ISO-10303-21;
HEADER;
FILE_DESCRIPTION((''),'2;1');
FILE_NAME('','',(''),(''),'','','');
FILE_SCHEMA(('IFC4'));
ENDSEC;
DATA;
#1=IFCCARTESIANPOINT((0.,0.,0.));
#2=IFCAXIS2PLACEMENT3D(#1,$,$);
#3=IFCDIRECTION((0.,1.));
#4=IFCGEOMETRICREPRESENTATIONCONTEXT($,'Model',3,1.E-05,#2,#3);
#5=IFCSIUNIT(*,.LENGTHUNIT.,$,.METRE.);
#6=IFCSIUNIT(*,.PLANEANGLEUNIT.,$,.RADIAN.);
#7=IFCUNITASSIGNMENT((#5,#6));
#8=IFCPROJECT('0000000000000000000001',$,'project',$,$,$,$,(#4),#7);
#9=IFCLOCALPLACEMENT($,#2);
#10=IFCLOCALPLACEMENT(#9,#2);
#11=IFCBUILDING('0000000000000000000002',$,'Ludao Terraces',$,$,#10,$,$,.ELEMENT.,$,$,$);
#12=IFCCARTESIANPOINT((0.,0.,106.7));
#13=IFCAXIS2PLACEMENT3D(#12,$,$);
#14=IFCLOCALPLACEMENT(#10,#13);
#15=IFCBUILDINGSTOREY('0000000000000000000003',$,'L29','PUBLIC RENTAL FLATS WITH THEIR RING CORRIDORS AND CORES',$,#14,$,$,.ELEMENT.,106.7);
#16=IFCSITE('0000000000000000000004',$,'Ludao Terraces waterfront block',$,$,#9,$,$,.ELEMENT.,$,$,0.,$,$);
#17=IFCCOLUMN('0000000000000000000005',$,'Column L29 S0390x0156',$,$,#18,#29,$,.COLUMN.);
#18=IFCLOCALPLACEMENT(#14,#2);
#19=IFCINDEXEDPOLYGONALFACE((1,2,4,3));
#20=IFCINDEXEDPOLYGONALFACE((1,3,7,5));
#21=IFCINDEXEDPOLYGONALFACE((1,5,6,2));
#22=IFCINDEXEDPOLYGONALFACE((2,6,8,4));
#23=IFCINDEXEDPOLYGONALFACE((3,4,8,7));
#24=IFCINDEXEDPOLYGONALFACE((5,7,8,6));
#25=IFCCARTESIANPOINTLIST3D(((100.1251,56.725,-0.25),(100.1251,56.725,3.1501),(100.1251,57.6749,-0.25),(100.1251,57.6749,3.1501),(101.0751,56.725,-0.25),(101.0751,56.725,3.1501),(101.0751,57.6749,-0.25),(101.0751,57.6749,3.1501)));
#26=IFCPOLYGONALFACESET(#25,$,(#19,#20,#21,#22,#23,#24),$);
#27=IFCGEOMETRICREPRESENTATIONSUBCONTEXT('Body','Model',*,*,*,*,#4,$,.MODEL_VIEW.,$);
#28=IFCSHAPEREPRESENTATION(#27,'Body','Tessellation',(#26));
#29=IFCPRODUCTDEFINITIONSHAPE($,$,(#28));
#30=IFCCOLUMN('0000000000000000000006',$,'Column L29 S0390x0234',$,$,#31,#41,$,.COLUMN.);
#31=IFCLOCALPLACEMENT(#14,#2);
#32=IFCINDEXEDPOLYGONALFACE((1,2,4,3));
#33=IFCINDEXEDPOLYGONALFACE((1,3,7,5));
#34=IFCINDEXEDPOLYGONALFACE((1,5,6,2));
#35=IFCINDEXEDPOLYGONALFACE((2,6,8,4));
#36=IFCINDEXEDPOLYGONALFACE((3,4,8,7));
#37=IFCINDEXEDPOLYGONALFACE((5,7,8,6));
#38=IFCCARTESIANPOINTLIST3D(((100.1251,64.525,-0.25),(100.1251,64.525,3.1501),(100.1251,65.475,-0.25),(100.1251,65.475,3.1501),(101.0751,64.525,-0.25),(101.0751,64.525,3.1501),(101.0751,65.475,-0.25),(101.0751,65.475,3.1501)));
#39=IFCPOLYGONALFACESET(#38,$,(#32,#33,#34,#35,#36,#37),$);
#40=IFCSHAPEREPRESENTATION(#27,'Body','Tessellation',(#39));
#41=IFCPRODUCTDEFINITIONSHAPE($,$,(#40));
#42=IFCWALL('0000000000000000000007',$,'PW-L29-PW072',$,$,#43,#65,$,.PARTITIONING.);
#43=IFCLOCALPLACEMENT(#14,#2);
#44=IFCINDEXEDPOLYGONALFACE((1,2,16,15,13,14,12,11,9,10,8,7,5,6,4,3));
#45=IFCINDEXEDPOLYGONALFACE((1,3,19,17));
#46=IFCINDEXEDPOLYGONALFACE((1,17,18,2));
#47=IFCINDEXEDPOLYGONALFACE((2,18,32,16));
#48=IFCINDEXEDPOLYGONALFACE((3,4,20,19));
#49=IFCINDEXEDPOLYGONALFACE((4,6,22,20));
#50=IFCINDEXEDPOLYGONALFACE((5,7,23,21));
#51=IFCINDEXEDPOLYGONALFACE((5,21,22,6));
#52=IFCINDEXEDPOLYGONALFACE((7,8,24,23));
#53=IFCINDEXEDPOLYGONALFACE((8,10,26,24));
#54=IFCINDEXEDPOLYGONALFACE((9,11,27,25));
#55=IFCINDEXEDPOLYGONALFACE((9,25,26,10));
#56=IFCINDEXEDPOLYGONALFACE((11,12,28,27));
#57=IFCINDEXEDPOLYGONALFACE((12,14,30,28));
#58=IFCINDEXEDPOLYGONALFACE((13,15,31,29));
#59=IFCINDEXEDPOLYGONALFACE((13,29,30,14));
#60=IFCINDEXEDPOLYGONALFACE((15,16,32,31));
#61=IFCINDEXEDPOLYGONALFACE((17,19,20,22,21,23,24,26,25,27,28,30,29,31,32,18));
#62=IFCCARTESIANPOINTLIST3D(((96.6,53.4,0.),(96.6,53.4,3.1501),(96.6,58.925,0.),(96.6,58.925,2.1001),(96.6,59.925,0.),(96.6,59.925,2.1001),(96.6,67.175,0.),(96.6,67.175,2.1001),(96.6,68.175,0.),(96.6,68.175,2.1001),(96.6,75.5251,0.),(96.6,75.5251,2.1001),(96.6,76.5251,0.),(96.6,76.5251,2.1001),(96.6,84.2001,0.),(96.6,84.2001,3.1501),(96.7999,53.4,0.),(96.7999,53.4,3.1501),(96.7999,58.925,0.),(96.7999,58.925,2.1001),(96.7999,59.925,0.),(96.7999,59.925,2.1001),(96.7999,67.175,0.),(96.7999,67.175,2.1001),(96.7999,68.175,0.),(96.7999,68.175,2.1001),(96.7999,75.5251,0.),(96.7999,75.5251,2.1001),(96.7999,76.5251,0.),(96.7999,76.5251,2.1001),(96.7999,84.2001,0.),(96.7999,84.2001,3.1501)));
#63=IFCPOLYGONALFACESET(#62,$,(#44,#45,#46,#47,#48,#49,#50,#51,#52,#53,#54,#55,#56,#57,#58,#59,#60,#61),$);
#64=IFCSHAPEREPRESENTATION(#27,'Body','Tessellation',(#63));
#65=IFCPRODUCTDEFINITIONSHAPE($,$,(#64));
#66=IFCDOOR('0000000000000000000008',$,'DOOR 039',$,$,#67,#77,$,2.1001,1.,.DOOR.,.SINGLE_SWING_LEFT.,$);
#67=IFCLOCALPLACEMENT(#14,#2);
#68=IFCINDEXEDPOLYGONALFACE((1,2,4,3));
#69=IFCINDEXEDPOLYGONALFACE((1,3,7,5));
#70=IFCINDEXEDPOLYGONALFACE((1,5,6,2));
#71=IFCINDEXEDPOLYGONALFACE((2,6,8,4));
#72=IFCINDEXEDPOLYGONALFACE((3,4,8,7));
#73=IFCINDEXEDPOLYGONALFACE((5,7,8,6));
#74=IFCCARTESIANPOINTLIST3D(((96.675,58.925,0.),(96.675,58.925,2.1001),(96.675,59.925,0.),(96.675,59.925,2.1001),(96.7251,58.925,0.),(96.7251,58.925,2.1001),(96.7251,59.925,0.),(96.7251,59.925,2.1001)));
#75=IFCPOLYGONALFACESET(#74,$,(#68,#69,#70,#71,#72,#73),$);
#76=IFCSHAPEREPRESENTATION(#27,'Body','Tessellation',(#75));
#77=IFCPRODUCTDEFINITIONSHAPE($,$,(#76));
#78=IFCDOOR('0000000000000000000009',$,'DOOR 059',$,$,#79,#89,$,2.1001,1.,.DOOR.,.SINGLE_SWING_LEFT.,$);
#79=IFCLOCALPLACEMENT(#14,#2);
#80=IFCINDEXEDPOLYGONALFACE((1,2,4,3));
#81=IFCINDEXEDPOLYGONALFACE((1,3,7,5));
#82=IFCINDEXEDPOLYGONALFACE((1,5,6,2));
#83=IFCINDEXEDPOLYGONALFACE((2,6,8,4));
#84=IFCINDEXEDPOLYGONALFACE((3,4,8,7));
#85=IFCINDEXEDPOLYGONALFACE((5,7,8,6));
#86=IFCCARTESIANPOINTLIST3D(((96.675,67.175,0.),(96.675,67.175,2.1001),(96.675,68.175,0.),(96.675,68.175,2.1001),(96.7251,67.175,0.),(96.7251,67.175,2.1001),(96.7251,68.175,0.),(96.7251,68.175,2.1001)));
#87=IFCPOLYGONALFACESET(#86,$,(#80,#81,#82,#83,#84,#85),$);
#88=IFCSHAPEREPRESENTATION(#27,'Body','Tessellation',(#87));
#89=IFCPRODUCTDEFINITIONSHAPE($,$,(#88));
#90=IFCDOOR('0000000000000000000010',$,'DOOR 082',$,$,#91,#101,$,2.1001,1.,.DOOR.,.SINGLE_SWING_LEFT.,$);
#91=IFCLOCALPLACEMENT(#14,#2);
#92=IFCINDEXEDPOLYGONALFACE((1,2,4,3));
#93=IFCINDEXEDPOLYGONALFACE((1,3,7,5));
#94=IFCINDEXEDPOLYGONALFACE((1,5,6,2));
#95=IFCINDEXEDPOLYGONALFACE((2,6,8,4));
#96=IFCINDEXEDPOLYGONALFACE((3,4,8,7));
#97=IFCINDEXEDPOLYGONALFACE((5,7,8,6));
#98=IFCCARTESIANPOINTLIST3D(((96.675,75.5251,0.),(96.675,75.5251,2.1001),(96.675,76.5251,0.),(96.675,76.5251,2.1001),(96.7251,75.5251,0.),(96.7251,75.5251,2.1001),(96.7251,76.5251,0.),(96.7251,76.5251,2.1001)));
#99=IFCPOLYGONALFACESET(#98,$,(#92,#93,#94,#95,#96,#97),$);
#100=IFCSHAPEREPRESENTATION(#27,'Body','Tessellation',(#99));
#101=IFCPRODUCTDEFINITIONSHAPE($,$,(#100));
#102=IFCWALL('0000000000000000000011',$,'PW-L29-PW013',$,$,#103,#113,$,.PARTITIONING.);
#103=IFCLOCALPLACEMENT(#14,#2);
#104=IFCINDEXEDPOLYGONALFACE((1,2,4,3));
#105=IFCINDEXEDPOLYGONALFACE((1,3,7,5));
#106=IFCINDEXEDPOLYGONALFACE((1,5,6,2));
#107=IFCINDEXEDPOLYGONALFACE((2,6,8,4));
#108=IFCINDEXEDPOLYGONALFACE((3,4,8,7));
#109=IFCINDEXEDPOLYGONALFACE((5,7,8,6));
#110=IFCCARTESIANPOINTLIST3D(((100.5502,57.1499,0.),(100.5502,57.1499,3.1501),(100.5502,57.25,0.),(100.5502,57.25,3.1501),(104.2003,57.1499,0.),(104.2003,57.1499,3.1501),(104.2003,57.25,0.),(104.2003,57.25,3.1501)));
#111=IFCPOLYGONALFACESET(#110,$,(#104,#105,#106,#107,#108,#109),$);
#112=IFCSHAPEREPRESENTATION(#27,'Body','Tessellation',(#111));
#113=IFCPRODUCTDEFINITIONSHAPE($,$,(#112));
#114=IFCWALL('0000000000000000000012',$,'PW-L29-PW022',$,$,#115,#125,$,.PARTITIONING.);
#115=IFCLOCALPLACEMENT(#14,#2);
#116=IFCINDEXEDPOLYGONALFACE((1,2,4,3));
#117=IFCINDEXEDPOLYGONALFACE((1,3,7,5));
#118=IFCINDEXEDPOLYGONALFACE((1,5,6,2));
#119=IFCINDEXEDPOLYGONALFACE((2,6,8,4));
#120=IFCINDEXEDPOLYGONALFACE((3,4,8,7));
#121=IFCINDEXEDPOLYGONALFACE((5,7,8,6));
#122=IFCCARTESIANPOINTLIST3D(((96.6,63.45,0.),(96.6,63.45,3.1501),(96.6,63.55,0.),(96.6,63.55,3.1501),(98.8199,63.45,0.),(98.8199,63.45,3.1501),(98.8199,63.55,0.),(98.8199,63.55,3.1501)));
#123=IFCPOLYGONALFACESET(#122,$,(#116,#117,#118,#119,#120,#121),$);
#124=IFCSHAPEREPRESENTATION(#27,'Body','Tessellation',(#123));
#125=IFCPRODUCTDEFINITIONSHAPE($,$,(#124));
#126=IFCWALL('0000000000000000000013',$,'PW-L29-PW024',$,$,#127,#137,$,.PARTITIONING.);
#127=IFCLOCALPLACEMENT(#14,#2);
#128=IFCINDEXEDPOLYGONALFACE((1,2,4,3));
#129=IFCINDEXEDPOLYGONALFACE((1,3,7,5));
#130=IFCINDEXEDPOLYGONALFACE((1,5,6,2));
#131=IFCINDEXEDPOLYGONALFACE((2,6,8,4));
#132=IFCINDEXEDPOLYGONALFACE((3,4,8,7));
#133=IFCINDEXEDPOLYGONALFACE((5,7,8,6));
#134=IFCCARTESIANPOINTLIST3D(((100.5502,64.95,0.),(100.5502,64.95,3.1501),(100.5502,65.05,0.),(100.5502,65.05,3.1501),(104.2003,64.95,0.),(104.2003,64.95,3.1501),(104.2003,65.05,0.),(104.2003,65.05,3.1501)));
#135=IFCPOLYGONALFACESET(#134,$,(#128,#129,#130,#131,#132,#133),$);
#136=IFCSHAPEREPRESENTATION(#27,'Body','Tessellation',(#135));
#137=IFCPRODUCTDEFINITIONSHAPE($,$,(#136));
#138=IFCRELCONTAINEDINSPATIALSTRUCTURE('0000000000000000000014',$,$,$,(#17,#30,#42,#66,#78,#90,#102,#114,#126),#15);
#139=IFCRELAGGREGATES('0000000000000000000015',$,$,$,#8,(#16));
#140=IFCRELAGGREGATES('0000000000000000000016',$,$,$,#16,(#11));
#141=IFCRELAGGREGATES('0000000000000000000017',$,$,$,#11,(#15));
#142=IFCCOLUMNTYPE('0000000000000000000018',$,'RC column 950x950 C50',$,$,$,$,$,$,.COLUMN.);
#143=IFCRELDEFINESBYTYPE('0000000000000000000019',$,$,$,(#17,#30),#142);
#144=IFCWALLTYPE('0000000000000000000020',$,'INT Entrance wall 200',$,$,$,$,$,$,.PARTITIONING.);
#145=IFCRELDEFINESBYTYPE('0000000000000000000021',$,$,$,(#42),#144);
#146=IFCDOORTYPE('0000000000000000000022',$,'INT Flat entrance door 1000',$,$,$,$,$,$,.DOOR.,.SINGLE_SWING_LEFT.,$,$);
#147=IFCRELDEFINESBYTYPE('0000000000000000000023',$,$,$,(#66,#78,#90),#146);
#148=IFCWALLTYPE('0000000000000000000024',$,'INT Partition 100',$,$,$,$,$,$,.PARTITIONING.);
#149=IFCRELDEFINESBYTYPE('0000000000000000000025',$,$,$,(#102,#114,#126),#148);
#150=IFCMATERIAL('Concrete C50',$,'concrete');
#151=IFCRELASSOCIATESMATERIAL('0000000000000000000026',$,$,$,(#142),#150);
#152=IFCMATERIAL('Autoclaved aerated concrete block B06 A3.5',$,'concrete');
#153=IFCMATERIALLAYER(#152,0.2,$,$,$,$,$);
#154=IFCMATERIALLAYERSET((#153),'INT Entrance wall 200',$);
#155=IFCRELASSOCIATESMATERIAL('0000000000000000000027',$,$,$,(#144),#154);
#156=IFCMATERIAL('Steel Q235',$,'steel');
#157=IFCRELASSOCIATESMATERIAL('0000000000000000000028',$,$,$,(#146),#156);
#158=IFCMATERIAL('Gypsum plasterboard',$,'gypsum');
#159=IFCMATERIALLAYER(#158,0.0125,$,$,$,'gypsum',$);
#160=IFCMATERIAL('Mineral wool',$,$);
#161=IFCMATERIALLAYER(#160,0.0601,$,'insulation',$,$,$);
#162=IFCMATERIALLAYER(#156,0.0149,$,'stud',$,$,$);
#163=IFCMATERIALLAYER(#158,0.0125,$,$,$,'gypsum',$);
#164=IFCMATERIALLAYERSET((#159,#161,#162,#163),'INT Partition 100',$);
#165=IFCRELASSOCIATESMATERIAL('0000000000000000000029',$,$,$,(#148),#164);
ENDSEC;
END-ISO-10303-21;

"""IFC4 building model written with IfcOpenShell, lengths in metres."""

from ifc_helpers import new_model, si_unit, direction, frame, frame_2d, origin, origin_2d, place, context, subcontext, project, spatial, rectangle, extrude, material, layer, layer_set, material_profile, profile_set, type_object, element, fill, save


model = new_model("IFC4")

# Units and contexts
model_context = context("Model", 3, precision=1e-05, world=origin(), true_north=direction((0.0, 1.0)))
body_context = subcontext(model_context, "Body", "Model", "MODEL_VIEW")
ifc_project = project(units=[si_unit("LENGTHUNIT", "METRE"), si_unit("PLANEANGLEUNIT", "RADIAN")], contexts=[model_context])

# Site, building, storey
site_placement = place(None, origin())
site = spatial("IfcSite", under=ifc_project, at=site_placement, Name="Ludao Terraces waterfront block", CompositionType="ELEMENT", RefElevation=0.0)
building_placement = place(site_placement, origin())
building = spatial("IfcBuilding", under=site, at=building_placement, Name="Ludao Terraces", CompositionType="ELEMENT")
storey_placement = place(building_placement, frame((0.0, 0.0, 106.7)))
storey = spatial("IfcBuildingStorey", under=building, at=storey_placement, Name="L29", Description="PUBLIC RENTAL FLATS WITH THEIR RING CORRIDORS AND CORES", CompositionType="ELEMENT", Elevation=106.7)

# Columns
ifc_material_1 = material(Name="Concrete C50", Category="concrete")
ifc_material_profile = material_profile(ifc_material_1, rectangle(XDim=0.95, YDim=0.95, at=origin_2d()), Name="950 X 950")
ifc_profile_set = profile_set([ifc_material_profile], Name="Concrete C50")
column_type = type_object("IfcColumnType", Name="RC column 950x950 C50", PredefinedType="COLUMN", material=ifc_profile_set)
for number, where, z_axis, x_axis, name in (
    (1, (100.6001, 57.2, -0.25), (0.0, 0.0, 1.0), (1.0, 0.0, 0.0), "Column L29 S0390x0156"),
    (2, (100.6001, 65.0, -0.25), (0.0, 0.0, 1.0), (1.0, 0.0, 0.0), "Column L29 S0390x0234"),
):
    element("IfcColumn", number, at=place(storey_placement, frame(where, z_axis=z_axis, x_axis=x_axis)), inside=storey, type_object=column_type, Name=name, PredefinedType="COLUMN", context=body_context, shape_type="SweptSolid", body=[
        extrude(rectangle(XDim=0.95, YDim=0.95, at=origin_2d()), origin(), (0.0, 0.0, 1.0), 3.4001),
    ])

# Shared definitions
ifc_material_2 = material(Name="Mineral wool")

# Wall, openings, doors
ifc_material_3 = material(Name="Autoclaved aerated concrete block B06 A3.5", Category="concrete")
ifc_layer_1 = layer(ifc_material_3, 0.2)
ifc_layer_set_1 = layer_set([ifc_layer_1], Name="INT Entrance wall 200")
wall_type_1 = type_object("IfcWallType", Name="INT Entrance wall 200", PredefinedType="PARTITIONING", material=ifc_layer_set_1)
wall_1_placement = place(storey_placement, frame((96.7, 53.4001, 0.0), z_axis=(0.0, 0.0, 1.0), x_axis=(0.0, 1.0, 0.0)))
wall_1 = element("IfcWall", 3, at=wall_1_placement, inside=storey, type_object=wall_type_1, Name="PW-L29-PW072", PredefinedType="PARTITIONING", context=body_context, shape_type="SweptSolid", body=[
    extrude(rectangle(XDim=30.8, YDim=0.2, at=frame_2d((15.3999, 0.0))), origin(), (0.0, 0.0, 1.0), 3.1501),
])
opening_1_placement = place(wall_1_placement, frame((5.5249, 0.0, 0.0)))
opening_1 = element("IfcOpeningElement", 4, at=opening_1_placement, cuts=wall_1, PredefinedType="OPENING", context=body_context, shape_type="SweptSolid", body=[
    extrude(rectangle(XDim=1.0, YDim=2.1001, at=frame_2d((0.5, 1.05))), frame((0.0, 0.1099, 0.0), z_axis=(0.0, -1.0, 0.0), x_axis=(1.0, 0.0, 0.0)), (0.0, 0.0, 1.0), 0.22),
])
opening_2_placement = place(wall_1_placement, frame((13.7749, 0.0, 0.0)))
opening_2 = element("IfcOpeningElement", 5, at=opening_2_placement, cuts=wall_1, PredefinedType="OPENING", context=body_context, shape_type="SweptSolid", body=[
    extrude(rectangle(XDim=1.0, YDim=2.1001, at=frame_2d((0.5, 1.05))), frame((0.0, 0.1099, 0.0), z_axis=(0.0, -1.0, 0.0), x_axis=(1.0, 0.0, 0.0)), (0.0, 0.0, 1.0), 0.22),
])
opening_3_placement = place(wall_1_placement, frame((22.125, 0.0, 0.0)))
opening_3 = element("IfcOpeningElement", 6, at=opening_3_placement, cuts=wall_1, PredefinedType="OPENING", context=body_context, shape_type="SweptSolid", body=[
    extrude(rectangle(XDim=1.0, YDim=2.1001, at=frame_2d((0.5, 1.05))), frame((0.0, 0.1099, 0.0), z_axis=(0.0, -1.0, 0.0), x_axis=(1.0, 0.0, 0.0)), (0.0, 0.0, 1.0), 0.22),
])
ifc_material_4 = material(Name="Steel Q235", Category="steel")
door_type_1 = type_object("IfcDoorType", Name="INT Flat entrance door 1000", OperationType="SINGLE_SWING_LEFT", PredefinedType="DOOR", material=ifc_material_4)
door_1_placement = place(opening_1_placement, origin())
door_1 = element("IfcDoor", 7, at=door_1_placement, inside=storey, type_object=door_type_1, Name="DOOR 039", OperationType="SINGLE_SWING_LEFT", OverallHeight=2.1001, OverallWidth=1.0, PredefinedType="DOOR", context=body_context, shape_type="SweptSolid", body=[
    extrude(rectangle(XDim=1.0, YDim=2.1001, at=frame_2d((0.5, 1.05))), frame((0.0, 0.0249, 0.0), z_axis=(0.0, -1.0, 0.0), x_axis=(1.0, 0.0, 0.0)), (0.0, 0.0, 1.0), 0.05),
])
fill(opening_1, door_1)
door_2_placement = place(opening_2_placement, origin())
door_2 = element("IfcDoor", 8, at=door_2_placement, inside=storey, type_object=door_type_1, Name="DOOR 059", OperationType="SINGLE_SWING_LEFT", OverallHeight=2.1001, OverallWidth=1.0, PredefinedType="DOOR", context=body_context, shape_type="SweptSolid", body=[
    extrude(rectangle(XDim=1.0, YDim=2.1001, at=frame_2d((0.5, 1.05))), frame((0.0, 0.0249, 0.0), z_axis=(0.0, -1.0, 0.0), x_axis=(1.0, 0.0, 0.0)), (0.0, 0.0, 1.0), 0.05),
])
fill(opening_2, door_2)
door_3_placement = place(opening_3_placement, origin())
door_3 = element("IfcDoor", 9, at=door_3_placement, inside=storey, type_object=door_type_1, Name="DOOR 082", OperationType="SINGLE_SWING_LEFT", OverallHeight=2.1001, OverallWidth=1.0, PredefinedType="DOOR", context=body_context, shape_type="SweptSolid", body=[
    extrude(rectangle(XDim=1.0, YDim=2.1001, at=frame_2d((0.5, 1.05))), frame((0.0, 0.0249, 0.0), z_axis=(0.0, -1.0, 0.0), x_axis=(1.0, 0.0, 0.0)), (0.0, 0.0, 1.0), 0.05),
])
fill(opening_3, door_3)

# Walls
ifc_material_5 = material(Name="Gypsum plasterboard", Category="gypsum")
ifc_layer_2 = layer(ifc_material_5, 0.0125, Category="gypsum")
ifc_layer_3 = layer(ifc_material_2, 0.0601, Name="insulation")
ifc_layer_4 = layer(ifc_material_4, 0.0149, Name="stud")
ifc_layer_5 = layer(ifc_material_5, 0.0125, Category="gypsum")
ifc_layer_set_2 = layer_set([ifc_layer_2, ifc_layer_3, ifc_layer_4, ifc_layer_5], Name="INT Partition 100")
wall_type_2 = type_object("IfcWallType", Name="INT Partition 100", PredefinedType="PARTITIONING", material=ifc_layer_set_2)
wall_2_placement = place(storey_placement, frame((100.55, 57.2, 0.0), z_axis=(0.0, 0.0, 1.0), x_axis=(1.0, 0.0, 0.0)))
element("IfcWall", 10, at=wall_2_placement, inside=storey, type_object=wall_type_2, Name="PW-L29-PW013", PredefinedType="PARTITIONING", context=body_context, shape_type="SweptSolid", body=[
    extrude(rectangle(XDim=3.6501, YDim=0.1001, at=frame_2d((1.8252, 0.0))), origin(), (0.0, 0.0, 1.0), 3.1501),
])
wall_3_placement = place(storey_placement, frame((96.6001, 63.5, 0.0), z_axis=(0.0, 0.0, 1.0), x_axis=(1.0, 0.0, 0.0)))
element("IfcWall", 11, at=wall_3_placement, inside=storey, type_object=wall_type_2, Name="PW-L29-PW022", PredefinedType="PARTITIONING", context=body_context, shape_type="SweptSolid", body=[
    extrude(rectangle(XDim=2.22, YDim=0.1001, at=frame_2d((1.1099, 0.0))), origin(), (0.0, 0.0, 1.0), 3.1501),
])
wall_4_placement = place(storey_placement, frame((100.55, 65.0, 0.0), z_axis=(0.0, 0.0, 1.0), x_axis=(1.0, 0.0, 0.0)))
element("IfcWall", 12, at=wall_4_placement, inside=storey, type_object=wall_type_2, Name="PW-L29-PW024", PredefinedType="PARTITIONING", context=body_context, shape_type="SweptSolid", body=[
    extrude(rectangle(XDim=3.6501, YDim=0.1001, at=frame_2d((1.8252, 0.0))), origin(), (0.0, 0.0, 1.0), 3.1501),
])

save(model, "model.ifc")
